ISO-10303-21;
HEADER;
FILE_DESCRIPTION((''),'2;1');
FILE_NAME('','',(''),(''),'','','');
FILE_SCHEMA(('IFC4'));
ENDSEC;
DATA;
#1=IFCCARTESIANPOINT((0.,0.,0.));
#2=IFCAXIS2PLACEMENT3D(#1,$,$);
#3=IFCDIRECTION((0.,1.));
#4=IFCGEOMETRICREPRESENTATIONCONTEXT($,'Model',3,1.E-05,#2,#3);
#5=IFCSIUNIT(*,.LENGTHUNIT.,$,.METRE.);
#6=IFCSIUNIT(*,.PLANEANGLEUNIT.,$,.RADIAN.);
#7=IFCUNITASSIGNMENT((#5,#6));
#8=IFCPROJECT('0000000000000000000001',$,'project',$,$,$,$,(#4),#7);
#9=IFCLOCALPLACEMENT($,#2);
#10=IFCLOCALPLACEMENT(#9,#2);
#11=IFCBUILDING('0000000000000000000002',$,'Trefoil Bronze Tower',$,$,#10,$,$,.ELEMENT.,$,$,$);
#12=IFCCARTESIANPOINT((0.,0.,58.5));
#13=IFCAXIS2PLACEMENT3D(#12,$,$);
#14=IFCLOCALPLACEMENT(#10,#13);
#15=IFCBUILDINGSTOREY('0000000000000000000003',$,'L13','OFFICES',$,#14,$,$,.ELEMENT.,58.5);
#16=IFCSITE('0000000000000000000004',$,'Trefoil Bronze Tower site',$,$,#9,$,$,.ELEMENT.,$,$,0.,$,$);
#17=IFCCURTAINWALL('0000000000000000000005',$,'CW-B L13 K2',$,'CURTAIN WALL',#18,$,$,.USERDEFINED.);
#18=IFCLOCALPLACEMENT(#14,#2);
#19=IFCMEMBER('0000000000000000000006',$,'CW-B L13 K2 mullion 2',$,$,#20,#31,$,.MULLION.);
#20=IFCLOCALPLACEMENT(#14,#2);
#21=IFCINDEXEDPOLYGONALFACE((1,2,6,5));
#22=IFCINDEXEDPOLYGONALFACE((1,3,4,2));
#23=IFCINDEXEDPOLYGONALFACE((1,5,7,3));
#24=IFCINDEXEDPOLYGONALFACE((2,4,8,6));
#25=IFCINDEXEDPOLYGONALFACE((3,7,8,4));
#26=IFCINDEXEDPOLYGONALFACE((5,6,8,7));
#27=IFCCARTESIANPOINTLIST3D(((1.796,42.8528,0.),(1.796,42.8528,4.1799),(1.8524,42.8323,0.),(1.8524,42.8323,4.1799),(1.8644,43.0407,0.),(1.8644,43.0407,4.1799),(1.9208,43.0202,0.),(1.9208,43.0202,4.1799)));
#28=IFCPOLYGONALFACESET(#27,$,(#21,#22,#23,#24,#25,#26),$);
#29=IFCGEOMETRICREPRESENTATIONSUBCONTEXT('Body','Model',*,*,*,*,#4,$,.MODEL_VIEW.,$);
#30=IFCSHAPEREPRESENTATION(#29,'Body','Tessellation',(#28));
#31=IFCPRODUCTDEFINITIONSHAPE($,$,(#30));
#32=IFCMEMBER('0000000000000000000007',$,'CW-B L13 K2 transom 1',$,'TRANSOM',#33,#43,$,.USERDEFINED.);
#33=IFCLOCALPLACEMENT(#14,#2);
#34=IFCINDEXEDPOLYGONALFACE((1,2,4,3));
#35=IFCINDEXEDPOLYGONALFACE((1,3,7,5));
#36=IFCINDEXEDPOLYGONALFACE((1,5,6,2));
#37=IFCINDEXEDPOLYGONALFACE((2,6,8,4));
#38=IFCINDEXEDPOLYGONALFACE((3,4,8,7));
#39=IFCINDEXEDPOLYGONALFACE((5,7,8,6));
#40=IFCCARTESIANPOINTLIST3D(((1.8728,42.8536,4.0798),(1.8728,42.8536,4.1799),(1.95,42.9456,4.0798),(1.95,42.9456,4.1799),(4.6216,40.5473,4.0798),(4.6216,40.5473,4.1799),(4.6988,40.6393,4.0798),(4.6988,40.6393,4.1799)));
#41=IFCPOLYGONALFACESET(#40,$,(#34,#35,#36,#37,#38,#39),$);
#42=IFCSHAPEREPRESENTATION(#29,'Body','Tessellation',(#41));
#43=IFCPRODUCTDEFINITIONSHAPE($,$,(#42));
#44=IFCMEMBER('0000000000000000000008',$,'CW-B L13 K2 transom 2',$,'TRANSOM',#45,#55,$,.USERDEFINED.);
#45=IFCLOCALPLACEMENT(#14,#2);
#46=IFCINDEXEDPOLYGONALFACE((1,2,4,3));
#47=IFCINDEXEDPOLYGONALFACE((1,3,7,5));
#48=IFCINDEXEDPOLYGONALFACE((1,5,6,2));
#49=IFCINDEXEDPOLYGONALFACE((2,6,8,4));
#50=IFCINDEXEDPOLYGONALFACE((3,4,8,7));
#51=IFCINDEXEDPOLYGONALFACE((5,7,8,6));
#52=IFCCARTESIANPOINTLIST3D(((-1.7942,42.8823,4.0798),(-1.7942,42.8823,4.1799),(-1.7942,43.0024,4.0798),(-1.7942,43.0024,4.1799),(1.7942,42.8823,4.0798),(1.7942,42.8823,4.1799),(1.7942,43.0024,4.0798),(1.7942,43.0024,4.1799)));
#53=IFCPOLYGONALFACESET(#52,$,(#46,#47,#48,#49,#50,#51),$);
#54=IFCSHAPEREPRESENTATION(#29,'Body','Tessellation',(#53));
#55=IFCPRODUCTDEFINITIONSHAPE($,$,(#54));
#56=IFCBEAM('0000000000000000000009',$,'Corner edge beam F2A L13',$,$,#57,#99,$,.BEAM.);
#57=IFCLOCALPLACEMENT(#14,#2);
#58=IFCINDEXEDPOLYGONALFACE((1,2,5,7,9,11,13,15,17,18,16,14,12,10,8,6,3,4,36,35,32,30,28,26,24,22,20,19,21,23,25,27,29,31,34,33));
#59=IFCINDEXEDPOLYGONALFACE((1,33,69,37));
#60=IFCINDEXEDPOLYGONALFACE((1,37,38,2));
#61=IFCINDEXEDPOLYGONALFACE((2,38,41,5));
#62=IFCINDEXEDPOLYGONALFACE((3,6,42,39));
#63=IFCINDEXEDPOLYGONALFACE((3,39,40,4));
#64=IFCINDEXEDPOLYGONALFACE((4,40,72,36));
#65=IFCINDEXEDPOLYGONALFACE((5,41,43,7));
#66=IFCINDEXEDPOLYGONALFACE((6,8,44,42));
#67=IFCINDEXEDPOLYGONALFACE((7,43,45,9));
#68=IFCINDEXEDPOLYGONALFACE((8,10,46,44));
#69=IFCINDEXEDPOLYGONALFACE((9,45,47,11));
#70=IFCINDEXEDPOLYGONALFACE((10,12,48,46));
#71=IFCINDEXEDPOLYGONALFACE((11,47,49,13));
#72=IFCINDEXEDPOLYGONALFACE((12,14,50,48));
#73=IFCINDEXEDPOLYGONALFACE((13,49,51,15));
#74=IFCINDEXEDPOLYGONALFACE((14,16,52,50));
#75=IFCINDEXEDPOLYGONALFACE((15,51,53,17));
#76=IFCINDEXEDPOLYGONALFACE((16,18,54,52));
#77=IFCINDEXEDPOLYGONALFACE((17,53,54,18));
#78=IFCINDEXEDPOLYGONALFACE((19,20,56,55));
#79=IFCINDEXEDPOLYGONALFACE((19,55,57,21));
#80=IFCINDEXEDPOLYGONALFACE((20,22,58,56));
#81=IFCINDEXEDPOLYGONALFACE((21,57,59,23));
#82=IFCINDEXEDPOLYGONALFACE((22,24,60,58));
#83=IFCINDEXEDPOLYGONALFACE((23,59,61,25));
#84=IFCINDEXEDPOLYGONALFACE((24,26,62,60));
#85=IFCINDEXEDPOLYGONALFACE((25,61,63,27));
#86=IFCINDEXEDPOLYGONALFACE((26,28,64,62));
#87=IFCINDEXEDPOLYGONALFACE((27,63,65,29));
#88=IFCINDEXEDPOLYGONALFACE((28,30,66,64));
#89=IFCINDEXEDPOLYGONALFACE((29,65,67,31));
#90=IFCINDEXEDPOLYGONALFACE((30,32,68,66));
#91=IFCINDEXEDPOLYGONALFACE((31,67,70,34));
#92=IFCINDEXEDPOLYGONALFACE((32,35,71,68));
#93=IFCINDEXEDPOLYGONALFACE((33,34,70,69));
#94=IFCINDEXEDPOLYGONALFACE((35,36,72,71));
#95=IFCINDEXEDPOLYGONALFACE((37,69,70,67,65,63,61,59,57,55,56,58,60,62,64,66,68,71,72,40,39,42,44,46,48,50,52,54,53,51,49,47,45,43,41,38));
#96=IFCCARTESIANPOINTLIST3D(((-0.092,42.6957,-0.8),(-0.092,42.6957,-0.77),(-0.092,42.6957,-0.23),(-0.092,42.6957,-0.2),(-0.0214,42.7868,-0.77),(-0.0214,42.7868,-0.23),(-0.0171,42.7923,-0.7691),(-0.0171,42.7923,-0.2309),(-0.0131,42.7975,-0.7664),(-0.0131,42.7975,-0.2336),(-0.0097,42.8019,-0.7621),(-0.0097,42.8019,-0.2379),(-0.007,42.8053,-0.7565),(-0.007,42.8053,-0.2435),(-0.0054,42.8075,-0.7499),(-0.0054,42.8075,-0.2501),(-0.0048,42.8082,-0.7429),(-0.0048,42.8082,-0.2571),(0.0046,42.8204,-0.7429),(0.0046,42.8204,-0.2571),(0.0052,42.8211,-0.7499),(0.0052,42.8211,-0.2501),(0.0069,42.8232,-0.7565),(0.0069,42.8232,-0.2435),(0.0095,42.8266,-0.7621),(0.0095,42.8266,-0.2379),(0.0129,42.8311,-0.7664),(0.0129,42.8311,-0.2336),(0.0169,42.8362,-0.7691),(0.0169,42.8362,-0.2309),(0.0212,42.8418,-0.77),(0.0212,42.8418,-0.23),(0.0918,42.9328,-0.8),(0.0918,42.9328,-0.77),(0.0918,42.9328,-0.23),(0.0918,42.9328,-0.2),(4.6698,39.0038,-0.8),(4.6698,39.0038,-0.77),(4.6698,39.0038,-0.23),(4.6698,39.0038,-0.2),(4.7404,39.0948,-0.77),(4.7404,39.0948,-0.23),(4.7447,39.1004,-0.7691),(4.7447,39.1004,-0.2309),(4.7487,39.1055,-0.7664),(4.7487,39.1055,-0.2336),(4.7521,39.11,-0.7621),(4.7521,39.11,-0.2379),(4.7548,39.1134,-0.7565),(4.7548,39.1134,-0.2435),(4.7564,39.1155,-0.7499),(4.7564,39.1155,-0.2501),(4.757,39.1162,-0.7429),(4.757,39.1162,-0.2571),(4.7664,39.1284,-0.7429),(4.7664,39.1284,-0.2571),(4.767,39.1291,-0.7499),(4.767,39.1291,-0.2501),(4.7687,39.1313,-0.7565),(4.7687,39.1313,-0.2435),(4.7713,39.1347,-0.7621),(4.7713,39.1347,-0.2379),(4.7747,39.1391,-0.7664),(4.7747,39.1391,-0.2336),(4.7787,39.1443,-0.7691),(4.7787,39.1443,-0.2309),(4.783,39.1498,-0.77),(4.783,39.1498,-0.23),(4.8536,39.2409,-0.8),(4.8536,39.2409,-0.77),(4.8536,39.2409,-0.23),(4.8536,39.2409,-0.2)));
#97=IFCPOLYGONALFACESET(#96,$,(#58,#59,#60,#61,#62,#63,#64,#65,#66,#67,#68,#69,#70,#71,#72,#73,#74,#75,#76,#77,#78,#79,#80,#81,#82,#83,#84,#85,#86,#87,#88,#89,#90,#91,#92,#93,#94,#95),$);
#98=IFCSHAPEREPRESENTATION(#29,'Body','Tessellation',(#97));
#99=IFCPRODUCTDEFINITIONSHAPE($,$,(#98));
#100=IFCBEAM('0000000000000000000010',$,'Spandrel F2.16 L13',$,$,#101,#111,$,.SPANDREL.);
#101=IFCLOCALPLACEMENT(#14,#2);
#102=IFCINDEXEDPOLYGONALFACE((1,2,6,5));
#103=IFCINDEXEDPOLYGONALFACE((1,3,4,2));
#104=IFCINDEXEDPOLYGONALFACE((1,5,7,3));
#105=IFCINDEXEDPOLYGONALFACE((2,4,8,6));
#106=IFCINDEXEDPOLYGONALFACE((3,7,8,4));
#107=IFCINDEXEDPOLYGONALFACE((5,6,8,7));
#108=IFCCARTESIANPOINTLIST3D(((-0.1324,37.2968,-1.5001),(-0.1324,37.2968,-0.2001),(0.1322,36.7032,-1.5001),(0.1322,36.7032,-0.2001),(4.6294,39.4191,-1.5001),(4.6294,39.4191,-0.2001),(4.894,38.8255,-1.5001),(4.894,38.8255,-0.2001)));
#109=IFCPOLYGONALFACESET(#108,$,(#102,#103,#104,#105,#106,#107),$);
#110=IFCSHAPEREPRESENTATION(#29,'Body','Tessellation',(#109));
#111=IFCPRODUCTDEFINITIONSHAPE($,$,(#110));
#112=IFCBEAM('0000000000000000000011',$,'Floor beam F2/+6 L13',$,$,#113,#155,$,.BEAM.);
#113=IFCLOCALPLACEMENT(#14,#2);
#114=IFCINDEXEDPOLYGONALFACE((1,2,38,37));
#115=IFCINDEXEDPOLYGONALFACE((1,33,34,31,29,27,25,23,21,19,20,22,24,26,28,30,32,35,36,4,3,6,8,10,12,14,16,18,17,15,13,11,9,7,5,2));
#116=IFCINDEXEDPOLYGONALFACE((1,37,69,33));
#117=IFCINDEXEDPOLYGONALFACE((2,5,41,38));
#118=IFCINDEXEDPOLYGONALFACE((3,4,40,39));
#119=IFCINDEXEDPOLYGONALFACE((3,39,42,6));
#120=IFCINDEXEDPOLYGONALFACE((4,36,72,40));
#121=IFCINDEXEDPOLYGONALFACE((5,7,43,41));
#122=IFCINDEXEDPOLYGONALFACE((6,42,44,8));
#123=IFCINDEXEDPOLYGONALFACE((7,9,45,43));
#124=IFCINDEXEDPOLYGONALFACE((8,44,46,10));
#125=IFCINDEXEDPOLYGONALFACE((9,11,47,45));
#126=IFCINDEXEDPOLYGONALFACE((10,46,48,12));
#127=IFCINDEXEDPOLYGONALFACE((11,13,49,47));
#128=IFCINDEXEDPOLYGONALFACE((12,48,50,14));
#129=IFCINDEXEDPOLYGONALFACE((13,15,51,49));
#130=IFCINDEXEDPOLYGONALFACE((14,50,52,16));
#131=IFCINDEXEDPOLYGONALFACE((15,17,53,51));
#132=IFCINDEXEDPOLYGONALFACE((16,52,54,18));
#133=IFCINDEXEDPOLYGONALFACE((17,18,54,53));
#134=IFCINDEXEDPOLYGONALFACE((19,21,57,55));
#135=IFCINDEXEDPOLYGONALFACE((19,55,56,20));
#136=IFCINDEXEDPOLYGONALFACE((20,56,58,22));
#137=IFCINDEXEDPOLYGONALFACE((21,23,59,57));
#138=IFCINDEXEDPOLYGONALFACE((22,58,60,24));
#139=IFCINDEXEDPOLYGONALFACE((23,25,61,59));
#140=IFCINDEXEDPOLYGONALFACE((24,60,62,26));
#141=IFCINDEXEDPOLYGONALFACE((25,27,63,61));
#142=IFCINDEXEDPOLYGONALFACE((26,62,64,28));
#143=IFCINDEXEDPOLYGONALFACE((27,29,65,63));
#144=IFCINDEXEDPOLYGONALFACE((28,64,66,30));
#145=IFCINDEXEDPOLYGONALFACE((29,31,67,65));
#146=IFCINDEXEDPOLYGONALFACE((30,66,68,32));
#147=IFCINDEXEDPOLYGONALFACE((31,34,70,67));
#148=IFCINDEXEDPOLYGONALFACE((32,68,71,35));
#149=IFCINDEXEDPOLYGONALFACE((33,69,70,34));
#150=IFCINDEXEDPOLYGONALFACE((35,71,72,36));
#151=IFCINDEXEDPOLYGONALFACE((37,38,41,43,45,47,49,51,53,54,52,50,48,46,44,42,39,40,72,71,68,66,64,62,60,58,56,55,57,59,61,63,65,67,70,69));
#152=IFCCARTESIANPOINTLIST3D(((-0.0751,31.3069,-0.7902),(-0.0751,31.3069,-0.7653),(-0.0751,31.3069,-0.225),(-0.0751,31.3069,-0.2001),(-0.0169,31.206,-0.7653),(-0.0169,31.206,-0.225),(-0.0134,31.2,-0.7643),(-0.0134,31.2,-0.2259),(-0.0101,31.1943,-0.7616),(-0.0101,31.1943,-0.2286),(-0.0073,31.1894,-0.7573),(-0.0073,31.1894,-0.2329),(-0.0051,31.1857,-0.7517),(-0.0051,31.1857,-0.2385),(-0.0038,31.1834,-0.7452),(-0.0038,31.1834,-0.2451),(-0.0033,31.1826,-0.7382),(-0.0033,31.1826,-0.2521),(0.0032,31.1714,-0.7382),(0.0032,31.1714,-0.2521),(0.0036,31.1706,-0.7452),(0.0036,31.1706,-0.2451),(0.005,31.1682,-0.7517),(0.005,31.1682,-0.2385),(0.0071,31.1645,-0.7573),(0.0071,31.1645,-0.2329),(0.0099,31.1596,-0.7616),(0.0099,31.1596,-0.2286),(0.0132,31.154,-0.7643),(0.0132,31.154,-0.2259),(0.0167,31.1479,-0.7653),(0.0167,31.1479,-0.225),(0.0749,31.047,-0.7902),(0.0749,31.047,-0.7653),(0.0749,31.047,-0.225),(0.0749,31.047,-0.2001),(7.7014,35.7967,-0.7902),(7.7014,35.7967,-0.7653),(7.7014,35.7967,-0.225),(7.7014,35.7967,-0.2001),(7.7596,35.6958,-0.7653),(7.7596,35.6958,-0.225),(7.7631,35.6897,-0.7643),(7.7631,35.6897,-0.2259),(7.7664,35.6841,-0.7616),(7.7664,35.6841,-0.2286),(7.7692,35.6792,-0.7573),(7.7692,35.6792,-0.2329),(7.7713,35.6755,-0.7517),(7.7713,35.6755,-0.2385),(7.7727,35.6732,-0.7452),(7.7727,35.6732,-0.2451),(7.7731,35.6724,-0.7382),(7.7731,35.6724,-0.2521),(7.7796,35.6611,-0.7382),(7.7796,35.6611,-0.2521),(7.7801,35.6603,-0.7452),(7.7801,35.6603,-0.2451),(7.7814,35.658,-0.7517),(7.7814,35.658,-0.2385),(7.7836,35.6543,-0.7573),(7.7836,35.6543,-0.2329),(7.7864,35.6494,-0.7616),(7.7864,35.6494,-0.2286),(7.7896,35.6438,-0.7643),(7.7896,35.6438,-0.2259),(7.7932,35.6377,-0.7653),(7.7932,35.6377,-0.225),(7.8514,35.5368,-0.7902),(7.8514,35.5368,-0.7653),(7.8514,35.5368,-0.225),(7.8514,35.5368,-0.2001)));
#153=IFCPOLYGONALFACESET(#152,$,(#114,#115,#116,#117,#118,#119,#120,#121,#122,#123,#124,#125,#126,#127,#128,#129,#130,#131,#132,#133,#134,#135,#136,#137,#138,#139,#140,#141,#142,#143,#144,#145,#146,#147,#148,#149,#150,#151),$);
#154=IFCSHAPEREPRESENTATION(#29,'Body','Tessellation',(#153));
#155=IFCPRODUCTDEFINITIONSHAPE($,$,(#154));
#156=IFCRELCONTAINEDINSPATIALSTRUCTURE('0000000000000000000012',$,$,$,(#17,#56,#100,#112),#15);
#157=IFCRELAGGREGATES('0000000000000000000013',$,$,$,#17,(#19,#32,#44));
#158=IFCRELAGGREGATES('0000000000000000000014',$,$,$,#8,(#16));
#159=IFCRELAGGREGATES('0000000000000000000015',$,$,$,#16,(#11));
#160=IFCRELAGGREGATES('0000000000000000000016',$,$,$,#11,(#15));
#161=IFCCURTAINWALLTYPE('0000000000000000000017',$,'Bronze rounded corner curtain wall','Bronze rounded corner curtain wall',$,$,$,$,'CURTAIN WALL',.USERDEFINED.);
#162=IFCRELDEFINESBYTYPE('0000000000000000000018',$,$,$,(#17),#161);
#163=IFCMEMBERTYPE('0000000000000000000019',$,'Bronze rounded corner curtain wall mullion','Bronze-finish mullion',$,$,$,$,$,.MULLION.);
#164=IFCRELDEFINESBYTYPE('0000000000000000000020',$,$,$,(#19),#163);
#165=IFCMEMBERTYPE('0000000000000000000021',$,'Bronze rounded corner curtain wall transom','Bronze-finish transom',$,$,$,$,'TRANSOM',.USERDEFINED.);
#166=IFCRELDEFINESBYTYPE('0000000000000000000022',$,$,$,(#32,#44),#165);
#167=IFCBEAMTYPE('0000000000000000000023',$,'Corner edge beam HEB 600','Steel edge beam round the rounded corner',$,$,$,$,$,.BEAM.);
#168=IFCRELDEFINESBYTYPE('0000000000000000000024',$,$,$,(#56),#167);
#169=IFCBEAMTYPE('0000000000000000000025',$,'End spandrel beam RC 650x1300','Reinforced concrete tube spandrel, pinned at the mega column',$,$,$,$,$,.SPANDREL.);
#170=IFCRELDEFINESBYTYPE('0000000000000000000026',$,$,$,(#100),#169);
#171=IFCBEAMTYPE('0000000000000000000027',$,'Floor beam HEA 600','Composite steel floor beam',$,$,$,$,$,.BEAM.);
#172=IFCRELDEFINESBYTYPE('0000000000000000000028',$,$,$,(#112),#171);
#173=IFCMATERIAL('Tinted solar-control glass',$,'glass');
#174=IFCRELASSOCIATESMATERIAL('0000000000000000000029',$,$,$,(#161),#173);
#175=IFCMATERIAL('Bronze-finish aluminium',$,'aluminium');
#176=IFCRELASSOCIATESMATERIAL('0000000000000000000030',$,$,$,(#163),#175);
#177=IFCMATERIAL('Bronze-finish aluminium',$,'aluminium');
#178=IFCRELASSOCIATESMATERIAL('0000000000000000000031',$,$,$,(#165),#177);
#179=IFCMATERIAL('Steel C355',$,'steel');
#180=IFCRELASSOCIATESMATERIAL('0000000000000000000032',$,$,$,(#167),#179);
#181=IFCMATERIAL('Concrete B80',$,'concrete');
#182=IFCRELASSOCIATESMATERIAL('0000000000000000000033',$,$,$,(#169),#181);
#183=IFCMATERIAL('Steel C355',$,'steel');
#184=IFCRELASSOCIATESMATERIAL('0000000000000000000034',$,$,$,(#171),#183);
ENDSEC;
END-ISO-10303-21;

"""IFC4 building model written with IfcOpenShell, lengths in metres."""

from ifc_helpers import new_model, si_unit, direction, frame, origin, origin_2d, place, context, subcontext, project, spatial, rectangle, i_section, extrude, material, material_profile, profile_set, type_object, element, aggregate, save


model = new_model("IFC4")

# Units and contexts
model_context = context("Model", 3, precision=1e-05, world=origin(), true_north=direction((0.0, 1.0)))
body_context = subcontext(model_context, "Body", "Model", "MODEL_VIEW")
ifc_project = project(units=[si_unit("LENGTHUNIT", "METRE"), si_unit("PLANEANGLEUNIT", "RADIAN")], contexts=[model_context])

# Site, building, storey
site_placement = place(None, origin())
site = spatial("IfcSite", under=ifc_project, at=site_placement, Name="Trefoil Bronze Tower site", CompositionType="ELEMENT", RefElevation=0.0)
building_placement = place(site_placement, origin())
building = spatial("IfcBuilding", under=site, at=building_placement, Name="Trefoil Bronze Tower", CompositionType="ELEMENT")
storey_placement = place(building_placement, frame((0.0, 0.0, 58.5)))
storey = spatial("IfcBuildingStorey", under=building, at=storey_placement, Name="L13", Description="OFFICES", CompositionType="ELEMENT", Elevation=58.5)

# Curtain wall, members
ifc_material_1 = material(Name="Tinted solar-control glass", Category="glass")
curtain_wall_type_1 = type_object("IfcCurtainWallType", Name="Bronze rounded corner curtain wall", Description="Bronze rounded corner curtain wall", ElementType="CURTAIN WALL", PredefinedType="USERDEFINED", material=ifc_material_1)
curtain_wall_1_placement = place(storey_placement, origin())
curtain_wall_1 = element("IfcCurtainWall", 1, at=curtain_wall_1_placement, inside=storey, type_object=curtain_wall_type_1, Name="CW-B L13 K2", ObjectType="CURTAIN WALL", PredefinedType="USERDEFINED")
ifc_material_2 = material(Name="Bronze-finish aluminium", Category="aluminium")
ifc_material_profile_1 = material_profile(ifc_material_2, rectangle(XDim=0.2, YDim=0.0601, at=origin_2d()), Name="CW-B mullion")
ifc_profile_set_1 = profile_set([ifc_material_profile_1], Name="Bronze-finish aluminium")
member_type_1 = type_object("IfcMemberType", Name="Bronze rounded corner curtain wall mullion", Description="Bronze-finish mullion", PredefinedType="MULLION", material=ifc_profile_set_1)
member_1_placement = place(storey_placement, frame((1.8584, 42.9365, 0.0), z_axis=(0.0, 0.0, 1.0), x_axis=(-0.34202, -0.939693, 0.0)))
member_1 = element("IfcMember", 2, at=member_1_placement, type_object=member_type_1, Name="CW-B L13 K2 mullion 2", PredefinedType="MULLION", context=body_context, shape_type="SweptSolid", body=[
    extrude(rectangle(XDim=0.2, YDim=0.0601, at=origin_2d()), origin(), (0.0, 0.0, 1.0), 4.1799),
])
ifc_material_3 = material(Name="Bronze-finish aluminium", Category="aluminium")
ifc_material_profile_2 = material_profile(ifc_material_3, rectangle(XDim=0.1201, YDim=0.1001, at=origin_2d()), Name="CW-B transom")
ifc_profile_set_2 = profile_set([ifc_material_profile_2], Name="Bronze-finish aluminium")
member_type_2 = type_object("IfcMemberType", Name="Bronze rounded corner curtain wall transom", Description="Bronze-finish transom", ElementType="TRANSOM", PredefinedType="USERDEFINED", material=ifc_profile_set_2)
member_2_placement = place(storey_placement, frame((4.6602, 40.5933, 4.1299), z_axis=(-0.766059, 0.642771, 0.0), x_axis=(-0.642771, -0.766059, 0.0)))
member_2 = element("IfcMember", 3, at=member_2_placement, type_object=member_type_2, Name="CW-B L13 K2 transom 1", ObjectType="TRANSOM", PredefinedType="USERDEFINED", context=body_context, shape_type="SweptSolid", body=[
    extrude(rectangle(XDim=0.1201, YDim=0.1001, at=origin_2d()), origin(), (0.0, 0.0, 1.0), 3.5881),
])
member_3_placement = place(storey_placement, frame((1.7942, 42.9424, 4.1299), z_axis=(-1.0, 0.0, 0.0), x_axis=(0.0, -1.0, 0.0)))
member_3 = element("IfcMember", 4, at=member_3_placement, type_object=member_type_2, Name="CW-B L13 K2 transom 2", ObjectType="TRANSOM", PredefinedType="USERDEFINED", context=body_context, shape_type="SweptSolid", body=[
    extrude(rectangle(XDim=0.1201, YDim=0.1001, at=origin_2d()), origin(), (0.0, 0.0, 1.0), 3.5884),
])

# Beams
ifc_material_4 = material(Name="Steel C355", Category="steel")
ifc_material_profile_3 = material_profile(ifc_material_4, i_section(OverallWidth=0.3, OverallDepth=0.6001, WebThickness=0.0154, FlangeThickness=0.03, FilletRadius=0.0271, at=origin_2d()), Name="HEB 600")
ifc_profile_set_3 = profile_set([ifc_material_profile_3], Name="Steel C355")
beam_type_1 = type_object("IfcBeamType", Name="Corner edge beam HEB 600", Description="Steel edge beam round the rounded corner", PredefinedType="BEAM", material=ifc_profile_set_3)
beam_1_placement = place(storey_placement, frame((4.7617, 39.1223, -0.5), z_axis=(-0.790289, 0.612734, 0.0), x_axis=(-0.612734, -0.790289, 0.0)))
element("IfcBeam", 5, at=beam_1_placement, inside=storey, type_object=beam_type_1, Name="Corner edge beam F2A L13", PredefinedType="BEAM", context=body_context, shape_type="SweptSolid", body=[
    extrude(i_section(OverallWidth=0.3, OverallDepth=0.6001, WebThickness=0.0154, FlangeThickness=0.03, FilletRadius=0.0271, at=origin_2d()), origin(), (0.0, 0.0, 1.0), 6.0254),
])
ifc_material_5 = material(Name="Concrete B80", Category="concrete")
ifc_material_profile_4 = material_profile(ifc_material_5, rectangle(XDim=0.6499, YDim=1.3, at=origin_2d()), Name="RC 650x1300")
ifc_profile_set_4 = profile_set([ifc_material_profile_4], Name="Concrete B80")
beam_type_2 = type_object("IfcBeamType", Name="End spandrel beam RC 650x1300", Description="Reinforced concrete tube spandrel, pinned at the mega column", PredefinedType="SPANDREL", material=ifc_profile_set_4)
beam_2_placement = place(storey_placement, frame((4.7617, 39.1223, -0.8501), z_axis=(-0.913384, -0.407099, 0.0), x_axis=(0.407099, -0.913384, 0.0)))
element("IfcBeam", 6, at=beam_2_placement, inside=storey, type_object=beam_type_2, Name="Spandrel F2.16 L13", PredefinedType="SPANDREL", context=body_context, shape_type="SweptSolid", body=[
    extrude(rectangle(XDim=0.6499, YDim=1.3, at=origin_2d()), origin(), (0.0, 0.0, 1.0), 5.2134),
])
ifc_material_6 = material(Name="Steel C355", Category="steel")
ifc_material_profile_5 = material_profile(ifc_material_6, i_section(OverallWidth=0.3, OverallDepth=0.5901, WebThickness=0.0129, FlangeThickness=0.0249, FilletRadius=0.0271, at=origin_2d()), Name="HEA 600")
ifc_profile_set_5 = profile_set([ifc_material_profile_5], Name="Steel C355")
beam_type_3 = type_object("IfcBeamType", Name="Floor beam HEA 600", Description="Composite steel floor beam", PredefinedType="BEAM", material=ifc_profile_set_5)
beam_3_placement = place(storey_placement, frame((7.7764, 35.6667, -0.4951), z_axis=(-0.866023, -0.500005, 0.0), x_axis=(0.500005, -0.866023, 0.0)))
element("IfcBeam", 7, at=beam_3_placement, inside=storey, type_object=beam_type_3, Name="Floor beam F2/+6 L13", PredefinedType="BEAM", context=body_context, shape_type="SweptSolid", body=[
    extrude(i_section(OverallWidth=0.3, OverallDepth=0.5901, WebThickness=0.0129, FlangeThickness=0.0249, FilletRadius=0.0271, at=origin_2d()), origin(), (0.0, 0.0, 1.0), 8.9795),
])

aggregate(curtain_wall_1, [member_1, member_2, member_3])

save(model, "model.ifc")
